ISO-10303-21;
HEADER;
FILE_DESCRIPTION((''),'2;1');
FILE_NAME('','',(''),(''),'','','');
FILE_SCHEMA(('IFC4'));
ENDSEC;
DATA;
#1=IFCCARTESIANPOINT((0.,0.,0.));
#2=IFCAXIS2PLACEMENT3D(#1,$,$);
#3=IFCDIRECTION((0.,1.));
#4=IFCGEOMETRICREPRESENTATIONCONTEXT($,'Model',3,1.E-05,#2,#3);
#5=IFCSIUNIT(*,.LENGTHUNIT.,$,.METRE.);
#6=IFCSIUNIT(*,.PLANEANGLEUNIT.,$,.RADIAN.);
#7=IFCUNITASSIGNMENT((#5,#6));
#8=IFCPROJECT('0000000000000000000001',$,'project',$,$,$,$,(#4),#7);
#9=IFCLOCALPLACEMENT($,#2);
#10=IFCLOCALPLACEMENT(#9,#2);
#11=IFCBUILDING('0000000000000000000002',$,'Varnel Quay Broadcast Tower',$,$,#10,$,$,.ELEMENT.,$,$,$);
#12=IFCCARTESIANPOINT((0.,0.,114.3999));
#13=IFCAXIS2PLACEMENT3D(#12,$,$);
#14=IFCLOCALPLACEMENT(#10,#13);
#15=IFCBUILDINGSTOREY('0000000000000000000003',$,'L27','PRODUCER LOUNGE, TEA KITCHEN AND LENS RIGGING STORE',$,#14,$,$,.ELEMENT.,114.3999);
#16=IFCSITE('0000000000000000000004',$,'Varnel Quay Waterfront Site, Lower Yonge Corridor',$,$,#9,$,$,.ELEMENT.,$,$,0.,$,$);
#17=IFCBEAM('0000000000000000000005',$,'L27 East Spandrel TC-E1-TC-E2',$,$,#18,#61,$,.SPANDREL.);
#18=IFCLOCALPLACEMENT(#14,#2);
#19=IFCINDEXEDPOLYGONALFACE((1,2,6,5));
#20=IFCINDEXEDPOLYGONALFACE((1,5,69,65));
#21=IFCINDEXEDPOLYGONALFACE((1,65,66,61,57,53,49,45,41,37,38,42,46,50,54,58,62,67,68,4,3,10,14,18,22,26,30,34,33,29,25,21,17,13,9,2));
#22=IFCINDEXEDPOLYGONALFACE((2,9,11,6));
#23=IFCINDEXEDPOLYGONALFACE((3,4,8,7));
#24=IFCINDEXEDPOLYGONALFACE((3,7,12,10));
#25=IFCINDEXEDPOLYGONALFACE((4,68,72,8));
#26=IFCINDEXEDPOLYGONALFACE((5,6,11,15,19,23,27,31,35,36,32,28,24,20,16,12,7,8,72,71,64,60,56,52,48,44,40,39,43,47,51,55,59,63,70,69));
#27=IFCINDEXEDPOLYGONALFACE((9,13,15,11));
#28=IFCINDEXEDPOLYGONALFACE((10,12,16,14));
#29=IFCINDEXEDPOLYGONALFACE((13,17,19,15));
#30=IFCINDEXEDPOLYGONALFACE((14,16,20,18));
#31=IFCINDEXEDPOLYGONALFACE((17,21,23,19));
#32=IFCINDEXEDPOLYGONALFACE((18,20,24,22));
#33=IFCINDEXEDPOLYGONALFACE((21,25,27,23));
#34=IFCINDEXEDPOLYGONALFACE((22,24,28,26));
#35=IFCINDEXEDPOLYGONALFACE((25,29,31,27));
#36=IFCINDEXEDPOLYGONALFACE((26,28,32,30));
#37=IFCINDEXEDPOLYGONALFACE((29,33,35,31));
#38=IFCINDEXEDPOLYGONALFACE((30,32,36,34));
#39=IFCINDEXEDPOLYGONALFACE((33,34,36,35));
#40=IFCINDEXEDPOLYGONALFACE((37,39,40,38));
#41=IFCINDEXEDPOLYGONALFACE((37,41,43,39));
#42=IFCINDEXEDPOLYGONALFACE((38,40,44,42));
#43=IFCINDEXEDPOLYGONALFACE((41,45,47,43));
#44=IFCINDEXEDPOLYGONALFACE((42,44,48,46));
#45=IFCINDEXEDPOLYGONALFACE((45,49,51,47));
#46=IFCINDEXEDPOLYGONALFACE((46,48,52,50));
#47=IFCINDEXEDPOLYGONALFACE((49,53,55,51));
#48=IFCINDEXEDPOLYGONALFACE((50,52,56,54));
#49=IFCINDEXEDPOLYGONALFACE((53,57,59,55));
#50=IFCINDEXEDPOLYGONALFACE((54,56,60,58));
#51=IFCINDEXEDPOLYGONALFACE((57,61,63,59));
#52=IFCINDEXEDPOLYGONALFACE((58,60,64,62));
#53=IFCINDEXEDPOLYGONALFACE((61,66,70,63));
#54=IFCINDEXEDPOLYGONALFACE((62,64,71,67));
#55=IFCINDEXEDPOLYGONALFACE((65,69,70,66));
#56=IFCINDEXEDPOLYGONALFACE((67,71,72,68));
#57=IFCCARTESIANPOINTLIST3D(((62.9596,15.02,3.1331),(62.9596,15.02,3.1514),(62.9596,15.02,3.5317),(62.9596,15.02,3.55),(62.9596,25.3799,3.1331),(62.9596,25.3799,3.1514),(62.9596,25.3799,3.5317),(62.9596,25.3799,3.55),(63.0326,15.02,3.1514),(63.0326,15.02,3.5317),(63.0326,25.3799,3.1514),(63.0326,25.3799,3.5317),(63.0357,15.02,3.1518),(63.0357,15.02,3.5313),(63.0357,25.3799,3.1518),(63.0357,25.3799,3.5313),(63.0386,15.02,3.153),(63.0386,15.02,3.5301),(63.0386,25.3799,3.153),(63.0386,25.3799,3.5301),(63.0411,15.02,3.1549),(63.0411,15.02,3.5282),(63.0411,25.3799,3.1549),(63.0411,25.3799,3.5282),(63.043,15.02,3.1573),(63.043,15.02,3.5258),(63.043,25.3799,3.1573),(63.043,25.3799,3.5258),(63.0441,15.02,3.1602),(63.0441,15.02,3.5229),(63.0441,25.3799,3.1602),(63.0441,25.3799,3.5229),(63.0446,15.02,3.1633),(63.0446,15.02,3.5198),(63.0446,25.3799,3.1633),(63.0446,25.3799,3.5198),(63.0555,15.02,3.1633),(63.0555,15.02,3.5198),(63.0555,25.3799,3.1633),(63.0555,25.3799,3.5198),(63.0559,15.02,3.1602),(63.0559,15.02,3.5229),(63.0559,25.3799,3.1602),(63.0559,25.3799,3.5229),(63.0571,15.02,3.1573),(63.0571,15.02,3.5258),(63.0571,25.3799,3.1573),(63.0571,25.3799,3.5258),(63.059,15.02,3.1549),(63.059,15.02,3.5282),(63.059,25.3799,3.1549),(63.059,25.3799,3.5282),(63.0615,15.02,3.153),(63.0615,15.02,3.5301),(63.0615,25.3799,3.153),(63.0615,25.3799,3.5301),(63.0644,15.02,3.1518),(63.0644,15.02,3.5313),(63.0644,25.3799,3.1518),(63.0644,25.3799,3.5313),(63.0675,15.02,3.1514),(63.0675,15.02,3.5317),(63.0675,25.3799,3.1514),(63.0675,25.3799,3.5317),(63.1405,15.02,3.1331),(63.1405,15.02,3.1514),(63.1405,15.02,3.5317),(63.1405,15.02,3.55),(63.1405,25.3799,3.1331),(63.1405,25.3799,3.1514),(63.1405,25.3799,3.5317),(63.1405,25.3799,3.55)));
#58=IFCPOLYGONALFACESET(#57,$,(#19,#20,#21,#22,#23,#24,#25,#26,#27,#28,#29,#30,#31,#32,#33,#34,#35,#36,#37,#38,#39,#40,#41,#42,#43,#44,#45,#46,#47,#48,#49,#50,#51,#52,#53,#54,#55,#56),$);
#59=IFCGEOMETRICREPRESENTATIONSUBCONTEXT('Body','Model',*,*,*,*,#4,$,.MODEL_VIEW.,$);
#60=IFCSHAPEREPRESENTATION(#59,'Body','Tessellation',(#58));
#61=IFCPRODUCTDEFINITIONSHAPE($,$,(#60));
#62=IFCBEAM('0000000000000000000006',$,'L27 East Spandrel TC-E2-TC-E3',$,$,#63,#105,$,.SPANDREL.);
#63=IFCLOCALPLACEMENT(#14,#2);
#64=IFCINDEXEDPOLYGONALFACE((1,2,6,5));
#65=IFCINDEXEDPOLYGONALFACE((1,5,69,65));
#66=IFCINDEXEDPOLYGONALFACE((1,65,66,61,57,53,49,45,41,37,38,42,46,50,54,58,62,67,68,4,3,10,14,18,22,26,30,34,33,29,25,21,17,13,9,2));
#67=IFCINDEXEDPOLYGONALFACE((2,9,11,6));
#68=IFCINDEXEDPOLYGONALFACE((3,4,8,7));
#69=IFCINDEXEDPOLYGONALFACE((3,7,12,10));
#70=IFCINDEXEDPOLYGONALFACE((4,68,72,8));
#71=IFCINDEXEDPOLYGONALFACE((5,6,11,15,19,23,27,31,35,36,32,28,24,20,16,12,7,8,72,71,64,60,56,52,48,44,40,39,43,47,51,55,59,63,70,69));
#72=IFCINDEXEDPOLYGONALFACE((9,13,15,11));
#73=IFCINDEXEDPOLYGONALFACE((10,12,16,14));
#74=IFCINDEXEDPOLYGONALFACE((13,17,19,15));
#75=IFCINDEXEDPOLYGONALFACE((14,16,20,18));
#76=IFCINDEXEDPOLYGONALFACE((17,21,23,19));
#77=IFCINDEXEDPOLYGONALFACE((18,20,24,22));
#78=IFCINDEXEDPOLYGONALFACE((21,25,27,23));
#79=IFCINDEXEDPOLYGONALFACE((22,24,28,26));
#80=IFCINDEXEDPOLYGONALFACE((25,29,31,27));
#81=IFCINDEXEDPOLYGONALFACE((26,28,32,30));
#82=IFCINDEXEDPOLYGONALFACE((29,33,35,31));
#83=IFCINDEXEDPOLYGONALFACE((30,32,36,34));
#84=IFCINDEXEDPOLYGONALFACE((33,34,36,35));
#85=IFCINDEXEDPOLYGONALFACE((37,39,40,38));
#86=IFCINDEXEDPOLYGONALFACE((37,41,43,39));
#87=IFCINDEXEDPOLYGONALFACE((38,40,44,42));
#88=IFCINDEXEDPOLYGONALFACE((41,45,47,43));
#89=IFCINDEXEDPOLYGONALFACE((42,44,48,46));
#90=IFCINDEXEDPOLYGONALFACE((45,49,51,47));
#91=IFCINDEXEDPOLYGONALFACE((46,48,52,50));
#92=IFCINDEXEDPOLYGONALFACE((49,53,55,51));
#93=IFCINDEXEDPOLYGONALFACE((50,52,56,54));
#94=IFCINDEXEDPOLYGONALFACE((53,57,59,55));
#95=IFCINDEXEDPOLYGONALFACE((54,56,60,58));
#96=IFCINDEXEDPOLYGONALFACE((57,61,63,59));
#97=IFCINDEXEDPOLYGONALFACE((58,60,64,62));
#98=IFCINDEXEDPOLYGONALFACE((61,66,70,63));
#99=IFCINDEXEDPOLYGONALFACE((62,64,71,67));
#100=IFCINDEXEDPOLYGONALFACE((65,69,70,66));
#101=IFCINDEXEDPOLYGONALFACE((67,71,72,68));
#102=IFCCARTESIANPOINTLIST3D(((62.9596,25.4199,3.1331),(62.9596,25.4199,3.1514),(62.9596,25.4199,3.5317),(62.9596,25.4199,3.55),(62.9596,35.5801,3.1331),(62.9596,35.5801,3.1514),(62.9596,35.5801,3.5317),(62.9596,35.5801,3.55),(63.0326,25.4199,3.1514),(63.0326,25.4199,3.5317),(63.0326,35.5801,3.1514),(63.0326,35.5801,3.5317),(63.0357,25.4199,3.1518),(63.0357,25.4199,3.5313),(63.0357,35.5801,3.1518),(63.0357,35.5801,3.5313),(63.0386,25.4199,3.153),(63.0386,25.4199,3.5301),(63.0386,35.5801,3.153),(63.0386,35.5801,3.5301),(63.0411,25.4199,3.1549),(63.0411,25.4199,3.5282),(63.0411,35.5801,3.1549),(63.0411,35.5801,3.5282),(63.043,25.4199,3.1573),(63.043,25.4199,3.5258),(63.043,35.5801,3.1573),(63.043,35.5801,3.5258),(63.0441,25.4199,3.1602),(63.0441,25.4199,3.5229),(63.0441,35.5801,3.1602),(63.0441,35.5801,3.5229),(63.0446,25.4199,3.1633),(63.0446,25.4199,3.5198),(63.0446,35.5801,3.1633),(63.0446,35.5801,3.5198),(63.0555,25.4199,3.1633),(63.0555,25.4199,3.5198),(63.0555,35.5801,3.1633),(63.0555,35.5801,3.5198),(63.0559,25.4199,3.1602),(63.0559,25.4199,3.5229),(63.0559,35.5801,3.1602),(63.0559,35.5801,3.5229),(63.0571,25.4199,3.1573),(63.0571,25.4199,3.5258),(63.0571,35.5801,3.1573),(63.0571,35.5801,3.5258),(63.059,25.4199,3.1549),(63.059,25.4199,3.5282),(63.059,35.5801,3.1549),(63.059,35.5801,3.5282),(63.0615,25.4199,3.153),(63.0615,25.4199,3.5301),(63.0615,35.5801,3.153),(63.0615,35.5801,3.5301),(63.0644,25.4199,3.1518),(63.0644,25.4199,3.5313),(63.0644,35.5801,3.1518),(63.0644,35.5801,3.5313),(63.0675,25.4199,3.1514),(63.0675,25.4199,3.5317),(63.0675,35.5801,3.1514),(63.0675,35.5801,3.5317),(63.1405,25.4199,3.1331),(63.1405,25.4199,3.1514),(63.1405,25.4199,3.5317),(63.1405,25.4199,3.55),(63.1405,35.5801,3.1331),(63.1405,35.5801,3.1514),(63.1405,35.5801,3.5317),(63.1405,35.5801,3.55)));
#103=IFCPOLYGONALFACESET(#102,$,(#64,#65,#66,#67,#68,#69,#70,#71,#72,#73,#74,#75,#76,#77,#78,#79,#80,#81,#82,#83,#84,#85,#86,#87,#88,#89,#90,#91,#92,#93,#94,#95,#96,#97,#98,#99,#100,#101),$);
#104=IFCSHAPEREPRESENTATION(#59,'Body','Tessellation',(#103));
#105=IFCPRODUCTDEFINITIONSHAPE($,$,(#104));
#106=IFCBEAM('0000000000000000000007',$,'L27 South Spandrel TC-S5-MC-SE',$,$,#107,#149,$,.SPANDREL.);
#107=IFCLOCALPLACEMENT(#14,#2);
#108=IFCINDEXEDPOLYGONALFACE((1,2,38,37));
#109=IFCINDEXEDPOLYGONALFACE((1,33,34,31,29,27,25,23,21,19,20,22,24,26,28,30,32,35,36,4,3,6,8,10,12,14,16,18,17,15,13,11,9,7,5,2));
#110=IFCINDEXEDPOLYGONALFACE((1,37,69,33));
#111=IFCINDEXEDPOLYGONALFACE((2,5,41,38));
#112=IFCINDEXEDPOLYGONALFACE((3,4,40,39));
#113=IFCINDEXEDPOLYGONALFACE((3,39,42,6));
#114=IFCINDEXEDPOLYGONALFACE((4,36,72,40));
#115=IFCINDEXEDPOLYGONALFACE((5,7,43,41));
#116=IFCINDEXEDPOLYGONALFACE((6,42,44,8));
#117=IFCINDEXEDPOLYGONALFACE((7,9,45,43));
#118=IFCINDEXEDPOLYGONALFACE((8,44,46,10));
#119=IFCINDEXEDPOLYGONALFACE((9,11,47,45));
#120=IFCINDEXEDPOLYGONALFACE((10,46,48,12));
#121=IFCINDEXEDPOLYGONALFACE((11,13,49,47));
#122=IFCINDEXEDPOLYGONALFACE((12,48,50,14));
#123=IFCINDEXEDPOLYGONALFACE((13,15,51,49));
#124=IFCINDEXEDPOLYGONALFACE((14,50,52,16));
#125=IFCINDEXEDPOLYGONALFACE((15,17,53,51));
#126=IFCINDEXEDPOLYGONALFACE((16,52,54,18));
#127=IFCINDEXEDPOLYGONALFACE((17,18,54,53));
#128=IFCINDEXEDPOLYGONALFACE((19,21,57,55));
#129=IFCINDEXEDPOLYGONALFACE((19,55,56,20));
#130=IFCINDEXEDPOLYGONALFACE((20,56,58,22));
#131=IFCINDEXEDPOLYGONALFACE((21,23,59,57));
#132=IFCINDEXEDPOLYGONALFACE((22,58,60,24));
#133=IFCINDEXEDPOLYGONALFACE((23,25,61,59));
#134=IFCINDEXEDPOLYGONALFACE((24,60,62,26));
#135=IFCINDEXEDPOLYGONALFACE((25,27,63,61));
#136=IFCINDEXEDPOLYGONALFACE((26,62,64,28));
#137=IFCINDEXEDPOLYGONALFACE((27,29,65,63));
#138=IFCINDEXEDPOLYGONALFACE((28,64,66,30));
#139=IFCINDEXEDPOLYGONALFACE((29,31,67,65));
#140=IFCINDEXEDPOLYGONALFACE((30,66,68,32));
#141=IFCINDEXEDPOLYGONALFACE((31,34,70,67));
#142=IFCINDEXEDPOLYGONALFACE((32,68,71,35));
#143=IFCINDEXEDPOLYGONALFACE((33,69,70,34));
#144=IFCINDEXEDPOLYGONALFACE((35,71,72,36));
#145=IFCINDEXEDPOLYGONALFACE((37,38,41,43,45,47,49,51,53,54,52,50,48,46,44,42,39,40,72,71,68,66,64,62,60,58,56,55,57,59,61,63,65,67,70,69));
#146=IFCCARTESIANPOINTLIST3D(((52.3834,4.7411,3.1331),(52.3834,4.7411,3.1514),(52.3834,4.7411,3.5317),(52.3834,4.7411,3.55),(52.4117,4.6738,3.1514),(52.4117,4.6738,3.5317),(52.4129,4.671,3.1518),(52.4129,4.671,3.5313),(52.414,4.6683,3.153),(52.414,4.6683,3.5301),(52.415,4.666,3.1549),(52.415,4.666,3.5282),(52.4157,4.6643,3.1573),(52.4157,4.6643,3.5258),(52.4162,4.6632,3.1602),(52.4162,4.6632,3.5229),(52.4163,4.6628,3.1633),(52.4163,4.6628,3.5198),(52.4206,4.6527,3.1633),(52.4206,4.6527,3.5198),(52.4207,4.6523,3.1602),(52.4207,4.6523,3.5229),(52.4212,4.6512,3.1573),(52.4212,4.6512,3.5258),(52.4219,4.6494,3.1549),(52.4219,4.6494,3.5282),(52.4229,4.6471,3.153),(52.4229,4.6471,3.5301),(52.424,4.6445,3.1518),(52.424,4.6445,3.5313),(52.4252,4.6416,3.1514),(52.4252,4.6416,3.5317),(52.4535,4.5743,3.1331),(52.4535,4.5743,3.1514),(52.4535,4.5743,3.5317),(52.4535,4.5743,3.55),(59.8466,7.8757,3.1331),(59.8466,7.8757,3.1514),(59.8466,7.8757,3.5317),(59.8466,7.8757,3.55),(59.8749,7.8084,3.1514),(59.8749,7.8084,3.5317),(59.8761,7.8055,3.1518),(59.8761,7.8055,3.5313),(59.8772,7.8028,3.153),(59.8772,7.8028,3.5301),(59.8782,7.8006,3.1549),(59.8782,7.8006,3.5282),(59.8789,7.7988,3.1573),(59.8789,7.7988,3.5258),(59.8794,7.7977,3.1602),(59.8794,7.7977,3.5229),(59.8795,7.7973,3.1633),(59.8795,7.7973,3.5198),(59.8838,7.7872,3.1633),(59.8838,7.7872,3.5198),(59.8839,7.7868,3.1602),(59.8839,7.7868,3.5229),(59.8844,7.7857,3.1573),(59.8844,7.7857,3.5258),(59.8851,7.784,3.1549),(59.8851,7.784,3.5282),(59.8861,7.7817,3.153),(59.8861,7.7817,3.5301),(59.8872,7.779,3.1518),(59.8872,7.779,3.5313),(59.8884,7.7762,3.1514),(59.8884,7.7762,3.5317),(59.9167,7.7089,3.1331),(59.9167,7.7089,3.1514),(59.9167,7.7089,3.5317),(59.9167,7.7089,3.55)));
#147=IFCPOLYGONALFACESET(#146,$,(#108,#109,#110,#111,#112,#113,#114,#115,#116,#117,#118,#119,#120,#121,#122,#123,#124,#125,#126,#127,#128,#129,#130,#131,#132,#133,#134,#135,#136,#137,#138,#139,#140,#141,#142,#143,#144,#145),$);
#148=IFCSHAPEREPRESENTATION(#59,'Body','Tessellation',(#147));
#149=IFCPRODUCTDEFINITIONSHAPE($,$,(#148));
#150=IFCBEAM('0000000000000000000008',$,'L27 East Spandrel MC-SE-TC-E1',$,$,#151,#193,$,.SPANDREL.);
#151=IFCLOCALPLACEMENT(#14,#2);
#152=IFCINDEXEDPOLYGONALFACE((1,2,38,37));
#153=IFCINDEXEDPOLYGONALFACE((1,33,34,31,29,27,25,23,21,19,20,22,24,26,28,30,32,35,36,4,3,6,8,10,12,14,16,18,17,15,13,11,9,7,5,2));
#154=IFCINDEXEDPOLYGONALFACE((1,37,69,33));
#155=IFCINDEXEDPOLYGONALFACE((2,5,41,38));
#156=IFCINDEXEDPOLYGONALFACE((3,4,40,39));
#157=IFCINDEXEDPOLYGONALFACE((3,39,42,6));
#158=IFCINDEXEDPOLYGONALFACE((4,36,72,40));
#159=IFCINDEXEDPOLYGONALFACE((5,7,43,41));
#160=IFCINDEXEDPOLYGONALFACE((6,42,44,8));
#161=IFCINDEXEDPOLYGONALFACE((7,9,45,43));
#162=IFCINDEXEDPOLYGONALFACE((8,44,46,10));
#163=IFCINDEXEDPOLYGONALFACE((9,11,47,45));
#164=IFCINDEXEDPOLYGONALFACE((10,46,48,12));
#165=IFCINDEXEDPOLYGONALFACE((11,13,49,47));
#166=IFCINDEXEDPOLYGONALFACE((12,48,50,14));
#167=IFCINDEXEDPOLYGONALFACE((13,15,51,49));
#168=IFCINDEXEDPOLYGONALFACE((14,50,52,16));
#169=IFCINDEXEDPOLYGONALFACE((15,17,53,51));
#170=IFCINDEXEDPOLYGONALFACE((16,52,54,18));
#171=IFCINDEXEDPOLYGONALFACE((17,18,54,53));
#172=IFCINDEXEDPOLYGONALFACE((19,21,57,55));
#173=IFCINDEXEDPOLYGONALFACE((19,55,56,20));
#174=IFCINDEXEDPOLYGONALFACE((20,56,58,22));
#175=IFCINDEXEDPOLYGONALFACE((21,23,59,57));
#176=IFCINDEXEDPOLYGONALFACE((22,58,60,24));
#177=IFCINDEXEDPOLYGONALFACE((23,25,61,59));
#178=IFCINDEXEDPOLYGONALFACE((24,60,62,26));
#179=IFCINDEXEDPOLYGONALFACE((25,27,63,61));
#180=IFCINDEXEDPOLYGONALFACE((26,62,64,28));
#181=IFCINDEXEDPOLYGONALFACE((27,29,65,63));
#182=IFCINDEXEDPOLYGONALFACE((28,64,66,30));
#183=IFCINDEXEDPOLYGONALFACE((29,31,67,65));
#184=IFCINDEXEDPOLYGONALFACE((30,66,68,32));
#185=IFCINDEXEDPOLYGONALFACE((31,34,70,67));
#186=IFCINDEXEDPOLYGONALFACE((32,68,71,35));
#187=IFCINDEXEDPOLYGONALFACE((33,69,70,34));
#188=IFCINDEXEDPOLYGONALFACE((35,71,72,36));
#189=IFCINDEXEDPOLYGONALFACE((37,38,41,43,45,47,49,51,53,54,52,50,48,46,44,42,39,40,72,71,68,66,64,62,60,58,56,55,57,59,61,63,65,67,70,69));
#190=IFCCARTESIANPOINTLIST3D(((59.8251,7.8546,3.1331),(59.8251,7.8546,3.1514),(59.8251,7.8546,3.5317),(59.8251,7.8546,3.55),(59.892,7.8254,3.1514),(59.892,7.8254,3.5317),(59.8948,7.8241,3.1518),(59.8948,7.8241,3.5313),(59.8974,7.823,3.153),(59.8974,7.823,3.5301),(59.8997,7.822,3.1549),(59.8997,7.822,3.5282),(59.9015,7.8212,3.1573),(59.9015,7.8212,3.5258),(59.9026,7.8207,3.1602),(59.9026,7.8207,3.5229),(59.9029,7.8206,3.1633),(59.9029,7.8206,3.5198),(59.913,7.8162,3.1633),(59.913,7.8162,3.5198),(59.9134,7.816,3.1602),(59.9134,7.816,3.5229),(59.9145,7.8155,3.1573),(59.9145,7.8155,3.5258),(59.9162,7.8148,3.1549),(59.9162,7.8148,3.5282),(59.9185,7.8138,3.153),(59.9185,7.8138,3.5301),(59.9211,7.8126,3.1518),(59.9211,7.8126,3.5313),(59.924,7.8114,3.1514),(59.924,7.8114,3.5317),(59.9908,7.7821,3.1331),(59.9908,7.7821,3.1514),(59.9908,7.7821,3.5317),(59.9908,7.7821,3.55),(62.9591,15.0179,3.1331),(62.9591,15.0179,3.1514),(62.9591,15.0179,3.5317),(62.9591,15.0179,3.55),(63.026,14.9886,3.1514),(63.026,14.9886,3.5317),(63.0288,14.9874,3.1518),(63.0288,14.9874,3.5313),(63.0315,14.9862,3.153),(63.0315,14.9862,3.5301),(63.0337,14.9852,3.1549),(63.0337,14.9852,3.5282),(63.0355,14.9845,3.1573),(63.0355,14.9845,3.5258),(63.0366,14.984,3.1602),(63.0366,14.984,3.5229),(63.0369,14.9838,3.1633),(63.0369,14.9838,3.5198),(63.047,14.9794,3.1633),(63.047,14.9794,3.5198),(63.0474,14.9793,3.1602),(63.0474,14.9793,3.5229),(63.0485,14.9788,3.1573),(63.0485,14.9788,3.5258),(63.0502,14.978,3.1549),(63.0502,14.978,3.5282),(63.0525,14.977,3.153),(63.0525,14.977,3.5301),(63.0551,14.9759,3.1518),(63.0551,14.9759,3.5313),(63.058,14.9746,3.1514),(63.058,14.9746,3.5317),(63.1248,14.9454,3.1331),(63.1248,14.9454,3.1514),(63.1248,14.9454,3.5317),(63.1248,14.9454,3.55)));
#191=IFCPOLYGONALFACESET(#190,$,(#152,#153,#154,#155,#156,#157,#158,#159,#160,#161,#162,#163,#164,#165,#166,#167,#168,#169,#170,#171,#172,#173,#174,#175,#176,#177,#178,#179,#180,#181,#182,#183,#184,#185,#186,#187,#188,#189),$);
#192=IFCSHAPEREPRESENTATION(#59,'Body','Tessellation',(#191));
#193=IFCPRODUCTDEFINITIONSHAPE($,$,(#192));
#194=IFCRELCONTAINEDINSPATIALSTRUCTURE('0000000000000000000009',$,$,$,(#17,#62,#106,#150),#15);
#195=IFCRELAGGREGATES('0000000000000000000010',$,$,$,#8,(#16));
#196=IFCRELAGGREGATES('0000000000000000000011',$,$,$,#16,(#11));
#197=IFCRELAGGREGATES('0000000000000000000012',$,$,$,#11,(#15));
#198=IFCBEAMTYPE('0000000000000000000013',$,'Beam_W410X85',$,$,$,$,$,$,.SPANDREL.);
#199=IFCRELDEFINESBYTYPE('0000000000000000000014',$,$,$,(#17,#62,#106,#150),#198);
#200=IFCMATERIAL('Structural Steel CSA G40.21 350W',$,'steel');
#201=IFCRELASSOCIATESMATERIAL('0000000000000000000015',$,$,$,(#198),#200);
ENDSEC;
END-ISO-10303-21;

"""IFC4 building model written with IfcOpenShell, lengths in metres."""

from ifc_helpers import new_model, si_unit, direction, frame, origin, origin_2d, place, context, subcontext, project, spatial, i_section, extrude, source, transform, mapped, material, material_profile, profile_set, type_object, type_shapes, element, save


model = new_model("IFC4")

# Units and contexts
model_context = context("Model", 3, precision=1e-05, world=origin(), true_north=direction((0.0, 1.0)))
body_context = subcontext(model_context, "Body", "Model", "MODEL_VIEW")
ifc_project = project(units=[si_unit("LENGTHUNIT", "METRE"), si_unit("PLANEANGLEUNIT", "RADIAN")], contexts=[model_context])

# Site, building, storey
site_placement = place(None, origin())
site = spatial("IfcSite", under=ifc_project, at=site_placement, Name="Varnel Quay Waterfront Site, Lower Yonge Corridor", CompositionType="ELEMENT", RefElevation=0.0)
building_placement = place(site_placement, origin())
building = spatial("IfcBuilding", under=site, at=building_placement, Name="Varnel Quay Broadcast Tower", CompositionType="ELEMENT")
storey_placement = place(building_placement, frame((0.0, 0.0, 114.3999)))
storey = spatial("IfcBuildingStorey", under=building, at=storey_placement, Name="L27", Description="PRODUCER LOUNGE, TEA KITCHEN AND LENS RIGGING STORE", CompositionType="ELEMENT", Elevation=114.3999)

# Shared definitions
ifc_material_1 = material(Name="Structural Steel CSA G40.21 350W", Category="steel")

# Beams
ifc_material_profile_1 = material_profile(ifc_material_1, i_section(OverallWidth=0.1809, OverallDepth=0.417, WebThickness=0.011, FlangeThickness=0.0183, FilletRadius=0.012, at=origin_2d()), Name="W410X85")
ifc_profile_set_1 = profile_set([ifc_material_profile_1], Name="Structural Steel CSA G40.21 350W")
beam_type = type_object("IfcBeamType", Name="Beam_W410X85", PredefinedType="SPANDREL", material=ifc_profile_set_1)
shared_shape_1 = source(origin(), body_context, "Body", "SweptSolid", [
    extrude(i_section(OverallWidth=0.1809, OverallDepth=0.417, WebThickness=0.011, FlangeThickness=0.0183, FilletRadius=0.012, at=origin_2d()), origin(), (0.0, 0.0, 1.0), 10.3599),
])
beam_1_placement = place(storey_placement, frame((63.05, 15.02, 3.3416), z_axis=(0.0, 1.0, 0.0), x_axis=(-1.0, 0.0, 0.0)))
element("IfcBeam", 1, at=beam_1_placement, inside=storey, type_object=beam_type, Name="L27 East Spandrel TC-E1-TC-E2", PredefinedType="SPANDREL", context=body_context, shape_type="MappedRepresentation", body=[
    mapped(shared_shape_1, transform((0.0, 0.0, 0.0), x_axis=(1.0, 0.0, 0.0), y_axis=(0.0, 1.0, 0.0), z_axis=(0.0, 0.0, 1.0), scale=1.0)),
])
shared_shape_2 = source(origin(), body_context, "Body", "SweptSolid", [
    extrude(i_section(OverallWidth=0.1809, OverallDepth=0.417, WebThickness=0.011, FlangeThickness=0.0183, FilletRadius=0.012, at=origin_2d()), origin(), (0.0, 0.0, 1.0), 10.1602),
])
beam_2_placement = place(storey_placement, frame((63.05, 25.4199, 3.3416), z_axis=(0.0, 1.0, 0.0), x_axis=(-1.0, 0.0, 0.0)))
element("IfcBeam", 2, at=beam_2_placement, inside=storey, type_object=beam_type, Name="L27 East Spandrel TC-E2-TC-E3", PredefinedType="SPANDREL", context=body_context, shape_type="MappedRepresentation", body=[
    mapped(shared_shape_2, transform((0.0, 0.0, 0.0), x_axis=(1.0, 0.0, 0.0), y_axis=(0.0, 1.0, 0.0), z_axis=(0.0, 0.0, 1.0), scale=1.0)),
])
shared_shape_3 = source(origin(), body_context, "Body", "SweptSolid", [
    extrude(i_section(OverallWidth=0.1809, OverallDepth=0.417, WebThickness=0.011, FlangeThickness=0.0183, FilletRadius=0.012, at=origin_2d()), origin(), (0.0, 0.0, 1.0), 8.0947),
])
beam_3_placement = place(storey_placement, frame((52.4185, 4.6577, 3.3416), z_axis=(0.921982, 0.387233, 0.0), x_axis=(-0.387233, 0.921982, 0.0)))
element("IfcBeam", 3, at=beam_3_placement, inside=storey, type_object=beam_type, Name="L27 South Spandrel TC-S5-MC-SE", PredefinedType="SPANDREL", context=body_context, shape_type="MappedRepresentation", body=[
    mapped(shared_shape_3, transform((0.0, 0.0, 0.0), x_axis=(1.0, 0.0, 0.0), y_axis=(0.0, 1.0, 0.0), z_axis=(0.0, 0.0, 1.0), scale=1.0)),
])
shared_shape_4 = source(origin(), body_context, "Body", "SweptSolid", [
    extrude(i_section(OverallWidth=0.1809, OverallDepth=0.417, WebThickness=0.011, FlangeThickness=0.0183, FilletRadius=0.012, at=origin_2d()), origin(), (0.0, 0.0, 1.0), 7.8188),
])
type_shapes(beam_type, [shared_shape_1, shared_shape_2, shared_shape_3, shared_shape_4])
beam_4_placement = place(storey_placement, frame((59.908, 7.8184, 3.3416), z_axis=(0.400827, 0.916154, 0.0), x_axis=(-0.916154, 0.400827, 0.0)))
element("IfcBeam", 4, at=beam_4_placement, inside=storey, type_object=beam_type, Name="L27 East Spandrel MC-SE-TC-E1", PredefinedType="SPANDREL", context=body_context, shape_type="MappedRepresentation", body=[
    mapped(shared_shape_4, transform((0.0, 0.0, 0.0), x_axis=(1.0, 0.0, 0.0), y_axis=(0.0, 1.0, 0.0), z_axis=(0.0, 0.0, 1.0), scale=1.0)),
])

save(model, "model.ifc")
